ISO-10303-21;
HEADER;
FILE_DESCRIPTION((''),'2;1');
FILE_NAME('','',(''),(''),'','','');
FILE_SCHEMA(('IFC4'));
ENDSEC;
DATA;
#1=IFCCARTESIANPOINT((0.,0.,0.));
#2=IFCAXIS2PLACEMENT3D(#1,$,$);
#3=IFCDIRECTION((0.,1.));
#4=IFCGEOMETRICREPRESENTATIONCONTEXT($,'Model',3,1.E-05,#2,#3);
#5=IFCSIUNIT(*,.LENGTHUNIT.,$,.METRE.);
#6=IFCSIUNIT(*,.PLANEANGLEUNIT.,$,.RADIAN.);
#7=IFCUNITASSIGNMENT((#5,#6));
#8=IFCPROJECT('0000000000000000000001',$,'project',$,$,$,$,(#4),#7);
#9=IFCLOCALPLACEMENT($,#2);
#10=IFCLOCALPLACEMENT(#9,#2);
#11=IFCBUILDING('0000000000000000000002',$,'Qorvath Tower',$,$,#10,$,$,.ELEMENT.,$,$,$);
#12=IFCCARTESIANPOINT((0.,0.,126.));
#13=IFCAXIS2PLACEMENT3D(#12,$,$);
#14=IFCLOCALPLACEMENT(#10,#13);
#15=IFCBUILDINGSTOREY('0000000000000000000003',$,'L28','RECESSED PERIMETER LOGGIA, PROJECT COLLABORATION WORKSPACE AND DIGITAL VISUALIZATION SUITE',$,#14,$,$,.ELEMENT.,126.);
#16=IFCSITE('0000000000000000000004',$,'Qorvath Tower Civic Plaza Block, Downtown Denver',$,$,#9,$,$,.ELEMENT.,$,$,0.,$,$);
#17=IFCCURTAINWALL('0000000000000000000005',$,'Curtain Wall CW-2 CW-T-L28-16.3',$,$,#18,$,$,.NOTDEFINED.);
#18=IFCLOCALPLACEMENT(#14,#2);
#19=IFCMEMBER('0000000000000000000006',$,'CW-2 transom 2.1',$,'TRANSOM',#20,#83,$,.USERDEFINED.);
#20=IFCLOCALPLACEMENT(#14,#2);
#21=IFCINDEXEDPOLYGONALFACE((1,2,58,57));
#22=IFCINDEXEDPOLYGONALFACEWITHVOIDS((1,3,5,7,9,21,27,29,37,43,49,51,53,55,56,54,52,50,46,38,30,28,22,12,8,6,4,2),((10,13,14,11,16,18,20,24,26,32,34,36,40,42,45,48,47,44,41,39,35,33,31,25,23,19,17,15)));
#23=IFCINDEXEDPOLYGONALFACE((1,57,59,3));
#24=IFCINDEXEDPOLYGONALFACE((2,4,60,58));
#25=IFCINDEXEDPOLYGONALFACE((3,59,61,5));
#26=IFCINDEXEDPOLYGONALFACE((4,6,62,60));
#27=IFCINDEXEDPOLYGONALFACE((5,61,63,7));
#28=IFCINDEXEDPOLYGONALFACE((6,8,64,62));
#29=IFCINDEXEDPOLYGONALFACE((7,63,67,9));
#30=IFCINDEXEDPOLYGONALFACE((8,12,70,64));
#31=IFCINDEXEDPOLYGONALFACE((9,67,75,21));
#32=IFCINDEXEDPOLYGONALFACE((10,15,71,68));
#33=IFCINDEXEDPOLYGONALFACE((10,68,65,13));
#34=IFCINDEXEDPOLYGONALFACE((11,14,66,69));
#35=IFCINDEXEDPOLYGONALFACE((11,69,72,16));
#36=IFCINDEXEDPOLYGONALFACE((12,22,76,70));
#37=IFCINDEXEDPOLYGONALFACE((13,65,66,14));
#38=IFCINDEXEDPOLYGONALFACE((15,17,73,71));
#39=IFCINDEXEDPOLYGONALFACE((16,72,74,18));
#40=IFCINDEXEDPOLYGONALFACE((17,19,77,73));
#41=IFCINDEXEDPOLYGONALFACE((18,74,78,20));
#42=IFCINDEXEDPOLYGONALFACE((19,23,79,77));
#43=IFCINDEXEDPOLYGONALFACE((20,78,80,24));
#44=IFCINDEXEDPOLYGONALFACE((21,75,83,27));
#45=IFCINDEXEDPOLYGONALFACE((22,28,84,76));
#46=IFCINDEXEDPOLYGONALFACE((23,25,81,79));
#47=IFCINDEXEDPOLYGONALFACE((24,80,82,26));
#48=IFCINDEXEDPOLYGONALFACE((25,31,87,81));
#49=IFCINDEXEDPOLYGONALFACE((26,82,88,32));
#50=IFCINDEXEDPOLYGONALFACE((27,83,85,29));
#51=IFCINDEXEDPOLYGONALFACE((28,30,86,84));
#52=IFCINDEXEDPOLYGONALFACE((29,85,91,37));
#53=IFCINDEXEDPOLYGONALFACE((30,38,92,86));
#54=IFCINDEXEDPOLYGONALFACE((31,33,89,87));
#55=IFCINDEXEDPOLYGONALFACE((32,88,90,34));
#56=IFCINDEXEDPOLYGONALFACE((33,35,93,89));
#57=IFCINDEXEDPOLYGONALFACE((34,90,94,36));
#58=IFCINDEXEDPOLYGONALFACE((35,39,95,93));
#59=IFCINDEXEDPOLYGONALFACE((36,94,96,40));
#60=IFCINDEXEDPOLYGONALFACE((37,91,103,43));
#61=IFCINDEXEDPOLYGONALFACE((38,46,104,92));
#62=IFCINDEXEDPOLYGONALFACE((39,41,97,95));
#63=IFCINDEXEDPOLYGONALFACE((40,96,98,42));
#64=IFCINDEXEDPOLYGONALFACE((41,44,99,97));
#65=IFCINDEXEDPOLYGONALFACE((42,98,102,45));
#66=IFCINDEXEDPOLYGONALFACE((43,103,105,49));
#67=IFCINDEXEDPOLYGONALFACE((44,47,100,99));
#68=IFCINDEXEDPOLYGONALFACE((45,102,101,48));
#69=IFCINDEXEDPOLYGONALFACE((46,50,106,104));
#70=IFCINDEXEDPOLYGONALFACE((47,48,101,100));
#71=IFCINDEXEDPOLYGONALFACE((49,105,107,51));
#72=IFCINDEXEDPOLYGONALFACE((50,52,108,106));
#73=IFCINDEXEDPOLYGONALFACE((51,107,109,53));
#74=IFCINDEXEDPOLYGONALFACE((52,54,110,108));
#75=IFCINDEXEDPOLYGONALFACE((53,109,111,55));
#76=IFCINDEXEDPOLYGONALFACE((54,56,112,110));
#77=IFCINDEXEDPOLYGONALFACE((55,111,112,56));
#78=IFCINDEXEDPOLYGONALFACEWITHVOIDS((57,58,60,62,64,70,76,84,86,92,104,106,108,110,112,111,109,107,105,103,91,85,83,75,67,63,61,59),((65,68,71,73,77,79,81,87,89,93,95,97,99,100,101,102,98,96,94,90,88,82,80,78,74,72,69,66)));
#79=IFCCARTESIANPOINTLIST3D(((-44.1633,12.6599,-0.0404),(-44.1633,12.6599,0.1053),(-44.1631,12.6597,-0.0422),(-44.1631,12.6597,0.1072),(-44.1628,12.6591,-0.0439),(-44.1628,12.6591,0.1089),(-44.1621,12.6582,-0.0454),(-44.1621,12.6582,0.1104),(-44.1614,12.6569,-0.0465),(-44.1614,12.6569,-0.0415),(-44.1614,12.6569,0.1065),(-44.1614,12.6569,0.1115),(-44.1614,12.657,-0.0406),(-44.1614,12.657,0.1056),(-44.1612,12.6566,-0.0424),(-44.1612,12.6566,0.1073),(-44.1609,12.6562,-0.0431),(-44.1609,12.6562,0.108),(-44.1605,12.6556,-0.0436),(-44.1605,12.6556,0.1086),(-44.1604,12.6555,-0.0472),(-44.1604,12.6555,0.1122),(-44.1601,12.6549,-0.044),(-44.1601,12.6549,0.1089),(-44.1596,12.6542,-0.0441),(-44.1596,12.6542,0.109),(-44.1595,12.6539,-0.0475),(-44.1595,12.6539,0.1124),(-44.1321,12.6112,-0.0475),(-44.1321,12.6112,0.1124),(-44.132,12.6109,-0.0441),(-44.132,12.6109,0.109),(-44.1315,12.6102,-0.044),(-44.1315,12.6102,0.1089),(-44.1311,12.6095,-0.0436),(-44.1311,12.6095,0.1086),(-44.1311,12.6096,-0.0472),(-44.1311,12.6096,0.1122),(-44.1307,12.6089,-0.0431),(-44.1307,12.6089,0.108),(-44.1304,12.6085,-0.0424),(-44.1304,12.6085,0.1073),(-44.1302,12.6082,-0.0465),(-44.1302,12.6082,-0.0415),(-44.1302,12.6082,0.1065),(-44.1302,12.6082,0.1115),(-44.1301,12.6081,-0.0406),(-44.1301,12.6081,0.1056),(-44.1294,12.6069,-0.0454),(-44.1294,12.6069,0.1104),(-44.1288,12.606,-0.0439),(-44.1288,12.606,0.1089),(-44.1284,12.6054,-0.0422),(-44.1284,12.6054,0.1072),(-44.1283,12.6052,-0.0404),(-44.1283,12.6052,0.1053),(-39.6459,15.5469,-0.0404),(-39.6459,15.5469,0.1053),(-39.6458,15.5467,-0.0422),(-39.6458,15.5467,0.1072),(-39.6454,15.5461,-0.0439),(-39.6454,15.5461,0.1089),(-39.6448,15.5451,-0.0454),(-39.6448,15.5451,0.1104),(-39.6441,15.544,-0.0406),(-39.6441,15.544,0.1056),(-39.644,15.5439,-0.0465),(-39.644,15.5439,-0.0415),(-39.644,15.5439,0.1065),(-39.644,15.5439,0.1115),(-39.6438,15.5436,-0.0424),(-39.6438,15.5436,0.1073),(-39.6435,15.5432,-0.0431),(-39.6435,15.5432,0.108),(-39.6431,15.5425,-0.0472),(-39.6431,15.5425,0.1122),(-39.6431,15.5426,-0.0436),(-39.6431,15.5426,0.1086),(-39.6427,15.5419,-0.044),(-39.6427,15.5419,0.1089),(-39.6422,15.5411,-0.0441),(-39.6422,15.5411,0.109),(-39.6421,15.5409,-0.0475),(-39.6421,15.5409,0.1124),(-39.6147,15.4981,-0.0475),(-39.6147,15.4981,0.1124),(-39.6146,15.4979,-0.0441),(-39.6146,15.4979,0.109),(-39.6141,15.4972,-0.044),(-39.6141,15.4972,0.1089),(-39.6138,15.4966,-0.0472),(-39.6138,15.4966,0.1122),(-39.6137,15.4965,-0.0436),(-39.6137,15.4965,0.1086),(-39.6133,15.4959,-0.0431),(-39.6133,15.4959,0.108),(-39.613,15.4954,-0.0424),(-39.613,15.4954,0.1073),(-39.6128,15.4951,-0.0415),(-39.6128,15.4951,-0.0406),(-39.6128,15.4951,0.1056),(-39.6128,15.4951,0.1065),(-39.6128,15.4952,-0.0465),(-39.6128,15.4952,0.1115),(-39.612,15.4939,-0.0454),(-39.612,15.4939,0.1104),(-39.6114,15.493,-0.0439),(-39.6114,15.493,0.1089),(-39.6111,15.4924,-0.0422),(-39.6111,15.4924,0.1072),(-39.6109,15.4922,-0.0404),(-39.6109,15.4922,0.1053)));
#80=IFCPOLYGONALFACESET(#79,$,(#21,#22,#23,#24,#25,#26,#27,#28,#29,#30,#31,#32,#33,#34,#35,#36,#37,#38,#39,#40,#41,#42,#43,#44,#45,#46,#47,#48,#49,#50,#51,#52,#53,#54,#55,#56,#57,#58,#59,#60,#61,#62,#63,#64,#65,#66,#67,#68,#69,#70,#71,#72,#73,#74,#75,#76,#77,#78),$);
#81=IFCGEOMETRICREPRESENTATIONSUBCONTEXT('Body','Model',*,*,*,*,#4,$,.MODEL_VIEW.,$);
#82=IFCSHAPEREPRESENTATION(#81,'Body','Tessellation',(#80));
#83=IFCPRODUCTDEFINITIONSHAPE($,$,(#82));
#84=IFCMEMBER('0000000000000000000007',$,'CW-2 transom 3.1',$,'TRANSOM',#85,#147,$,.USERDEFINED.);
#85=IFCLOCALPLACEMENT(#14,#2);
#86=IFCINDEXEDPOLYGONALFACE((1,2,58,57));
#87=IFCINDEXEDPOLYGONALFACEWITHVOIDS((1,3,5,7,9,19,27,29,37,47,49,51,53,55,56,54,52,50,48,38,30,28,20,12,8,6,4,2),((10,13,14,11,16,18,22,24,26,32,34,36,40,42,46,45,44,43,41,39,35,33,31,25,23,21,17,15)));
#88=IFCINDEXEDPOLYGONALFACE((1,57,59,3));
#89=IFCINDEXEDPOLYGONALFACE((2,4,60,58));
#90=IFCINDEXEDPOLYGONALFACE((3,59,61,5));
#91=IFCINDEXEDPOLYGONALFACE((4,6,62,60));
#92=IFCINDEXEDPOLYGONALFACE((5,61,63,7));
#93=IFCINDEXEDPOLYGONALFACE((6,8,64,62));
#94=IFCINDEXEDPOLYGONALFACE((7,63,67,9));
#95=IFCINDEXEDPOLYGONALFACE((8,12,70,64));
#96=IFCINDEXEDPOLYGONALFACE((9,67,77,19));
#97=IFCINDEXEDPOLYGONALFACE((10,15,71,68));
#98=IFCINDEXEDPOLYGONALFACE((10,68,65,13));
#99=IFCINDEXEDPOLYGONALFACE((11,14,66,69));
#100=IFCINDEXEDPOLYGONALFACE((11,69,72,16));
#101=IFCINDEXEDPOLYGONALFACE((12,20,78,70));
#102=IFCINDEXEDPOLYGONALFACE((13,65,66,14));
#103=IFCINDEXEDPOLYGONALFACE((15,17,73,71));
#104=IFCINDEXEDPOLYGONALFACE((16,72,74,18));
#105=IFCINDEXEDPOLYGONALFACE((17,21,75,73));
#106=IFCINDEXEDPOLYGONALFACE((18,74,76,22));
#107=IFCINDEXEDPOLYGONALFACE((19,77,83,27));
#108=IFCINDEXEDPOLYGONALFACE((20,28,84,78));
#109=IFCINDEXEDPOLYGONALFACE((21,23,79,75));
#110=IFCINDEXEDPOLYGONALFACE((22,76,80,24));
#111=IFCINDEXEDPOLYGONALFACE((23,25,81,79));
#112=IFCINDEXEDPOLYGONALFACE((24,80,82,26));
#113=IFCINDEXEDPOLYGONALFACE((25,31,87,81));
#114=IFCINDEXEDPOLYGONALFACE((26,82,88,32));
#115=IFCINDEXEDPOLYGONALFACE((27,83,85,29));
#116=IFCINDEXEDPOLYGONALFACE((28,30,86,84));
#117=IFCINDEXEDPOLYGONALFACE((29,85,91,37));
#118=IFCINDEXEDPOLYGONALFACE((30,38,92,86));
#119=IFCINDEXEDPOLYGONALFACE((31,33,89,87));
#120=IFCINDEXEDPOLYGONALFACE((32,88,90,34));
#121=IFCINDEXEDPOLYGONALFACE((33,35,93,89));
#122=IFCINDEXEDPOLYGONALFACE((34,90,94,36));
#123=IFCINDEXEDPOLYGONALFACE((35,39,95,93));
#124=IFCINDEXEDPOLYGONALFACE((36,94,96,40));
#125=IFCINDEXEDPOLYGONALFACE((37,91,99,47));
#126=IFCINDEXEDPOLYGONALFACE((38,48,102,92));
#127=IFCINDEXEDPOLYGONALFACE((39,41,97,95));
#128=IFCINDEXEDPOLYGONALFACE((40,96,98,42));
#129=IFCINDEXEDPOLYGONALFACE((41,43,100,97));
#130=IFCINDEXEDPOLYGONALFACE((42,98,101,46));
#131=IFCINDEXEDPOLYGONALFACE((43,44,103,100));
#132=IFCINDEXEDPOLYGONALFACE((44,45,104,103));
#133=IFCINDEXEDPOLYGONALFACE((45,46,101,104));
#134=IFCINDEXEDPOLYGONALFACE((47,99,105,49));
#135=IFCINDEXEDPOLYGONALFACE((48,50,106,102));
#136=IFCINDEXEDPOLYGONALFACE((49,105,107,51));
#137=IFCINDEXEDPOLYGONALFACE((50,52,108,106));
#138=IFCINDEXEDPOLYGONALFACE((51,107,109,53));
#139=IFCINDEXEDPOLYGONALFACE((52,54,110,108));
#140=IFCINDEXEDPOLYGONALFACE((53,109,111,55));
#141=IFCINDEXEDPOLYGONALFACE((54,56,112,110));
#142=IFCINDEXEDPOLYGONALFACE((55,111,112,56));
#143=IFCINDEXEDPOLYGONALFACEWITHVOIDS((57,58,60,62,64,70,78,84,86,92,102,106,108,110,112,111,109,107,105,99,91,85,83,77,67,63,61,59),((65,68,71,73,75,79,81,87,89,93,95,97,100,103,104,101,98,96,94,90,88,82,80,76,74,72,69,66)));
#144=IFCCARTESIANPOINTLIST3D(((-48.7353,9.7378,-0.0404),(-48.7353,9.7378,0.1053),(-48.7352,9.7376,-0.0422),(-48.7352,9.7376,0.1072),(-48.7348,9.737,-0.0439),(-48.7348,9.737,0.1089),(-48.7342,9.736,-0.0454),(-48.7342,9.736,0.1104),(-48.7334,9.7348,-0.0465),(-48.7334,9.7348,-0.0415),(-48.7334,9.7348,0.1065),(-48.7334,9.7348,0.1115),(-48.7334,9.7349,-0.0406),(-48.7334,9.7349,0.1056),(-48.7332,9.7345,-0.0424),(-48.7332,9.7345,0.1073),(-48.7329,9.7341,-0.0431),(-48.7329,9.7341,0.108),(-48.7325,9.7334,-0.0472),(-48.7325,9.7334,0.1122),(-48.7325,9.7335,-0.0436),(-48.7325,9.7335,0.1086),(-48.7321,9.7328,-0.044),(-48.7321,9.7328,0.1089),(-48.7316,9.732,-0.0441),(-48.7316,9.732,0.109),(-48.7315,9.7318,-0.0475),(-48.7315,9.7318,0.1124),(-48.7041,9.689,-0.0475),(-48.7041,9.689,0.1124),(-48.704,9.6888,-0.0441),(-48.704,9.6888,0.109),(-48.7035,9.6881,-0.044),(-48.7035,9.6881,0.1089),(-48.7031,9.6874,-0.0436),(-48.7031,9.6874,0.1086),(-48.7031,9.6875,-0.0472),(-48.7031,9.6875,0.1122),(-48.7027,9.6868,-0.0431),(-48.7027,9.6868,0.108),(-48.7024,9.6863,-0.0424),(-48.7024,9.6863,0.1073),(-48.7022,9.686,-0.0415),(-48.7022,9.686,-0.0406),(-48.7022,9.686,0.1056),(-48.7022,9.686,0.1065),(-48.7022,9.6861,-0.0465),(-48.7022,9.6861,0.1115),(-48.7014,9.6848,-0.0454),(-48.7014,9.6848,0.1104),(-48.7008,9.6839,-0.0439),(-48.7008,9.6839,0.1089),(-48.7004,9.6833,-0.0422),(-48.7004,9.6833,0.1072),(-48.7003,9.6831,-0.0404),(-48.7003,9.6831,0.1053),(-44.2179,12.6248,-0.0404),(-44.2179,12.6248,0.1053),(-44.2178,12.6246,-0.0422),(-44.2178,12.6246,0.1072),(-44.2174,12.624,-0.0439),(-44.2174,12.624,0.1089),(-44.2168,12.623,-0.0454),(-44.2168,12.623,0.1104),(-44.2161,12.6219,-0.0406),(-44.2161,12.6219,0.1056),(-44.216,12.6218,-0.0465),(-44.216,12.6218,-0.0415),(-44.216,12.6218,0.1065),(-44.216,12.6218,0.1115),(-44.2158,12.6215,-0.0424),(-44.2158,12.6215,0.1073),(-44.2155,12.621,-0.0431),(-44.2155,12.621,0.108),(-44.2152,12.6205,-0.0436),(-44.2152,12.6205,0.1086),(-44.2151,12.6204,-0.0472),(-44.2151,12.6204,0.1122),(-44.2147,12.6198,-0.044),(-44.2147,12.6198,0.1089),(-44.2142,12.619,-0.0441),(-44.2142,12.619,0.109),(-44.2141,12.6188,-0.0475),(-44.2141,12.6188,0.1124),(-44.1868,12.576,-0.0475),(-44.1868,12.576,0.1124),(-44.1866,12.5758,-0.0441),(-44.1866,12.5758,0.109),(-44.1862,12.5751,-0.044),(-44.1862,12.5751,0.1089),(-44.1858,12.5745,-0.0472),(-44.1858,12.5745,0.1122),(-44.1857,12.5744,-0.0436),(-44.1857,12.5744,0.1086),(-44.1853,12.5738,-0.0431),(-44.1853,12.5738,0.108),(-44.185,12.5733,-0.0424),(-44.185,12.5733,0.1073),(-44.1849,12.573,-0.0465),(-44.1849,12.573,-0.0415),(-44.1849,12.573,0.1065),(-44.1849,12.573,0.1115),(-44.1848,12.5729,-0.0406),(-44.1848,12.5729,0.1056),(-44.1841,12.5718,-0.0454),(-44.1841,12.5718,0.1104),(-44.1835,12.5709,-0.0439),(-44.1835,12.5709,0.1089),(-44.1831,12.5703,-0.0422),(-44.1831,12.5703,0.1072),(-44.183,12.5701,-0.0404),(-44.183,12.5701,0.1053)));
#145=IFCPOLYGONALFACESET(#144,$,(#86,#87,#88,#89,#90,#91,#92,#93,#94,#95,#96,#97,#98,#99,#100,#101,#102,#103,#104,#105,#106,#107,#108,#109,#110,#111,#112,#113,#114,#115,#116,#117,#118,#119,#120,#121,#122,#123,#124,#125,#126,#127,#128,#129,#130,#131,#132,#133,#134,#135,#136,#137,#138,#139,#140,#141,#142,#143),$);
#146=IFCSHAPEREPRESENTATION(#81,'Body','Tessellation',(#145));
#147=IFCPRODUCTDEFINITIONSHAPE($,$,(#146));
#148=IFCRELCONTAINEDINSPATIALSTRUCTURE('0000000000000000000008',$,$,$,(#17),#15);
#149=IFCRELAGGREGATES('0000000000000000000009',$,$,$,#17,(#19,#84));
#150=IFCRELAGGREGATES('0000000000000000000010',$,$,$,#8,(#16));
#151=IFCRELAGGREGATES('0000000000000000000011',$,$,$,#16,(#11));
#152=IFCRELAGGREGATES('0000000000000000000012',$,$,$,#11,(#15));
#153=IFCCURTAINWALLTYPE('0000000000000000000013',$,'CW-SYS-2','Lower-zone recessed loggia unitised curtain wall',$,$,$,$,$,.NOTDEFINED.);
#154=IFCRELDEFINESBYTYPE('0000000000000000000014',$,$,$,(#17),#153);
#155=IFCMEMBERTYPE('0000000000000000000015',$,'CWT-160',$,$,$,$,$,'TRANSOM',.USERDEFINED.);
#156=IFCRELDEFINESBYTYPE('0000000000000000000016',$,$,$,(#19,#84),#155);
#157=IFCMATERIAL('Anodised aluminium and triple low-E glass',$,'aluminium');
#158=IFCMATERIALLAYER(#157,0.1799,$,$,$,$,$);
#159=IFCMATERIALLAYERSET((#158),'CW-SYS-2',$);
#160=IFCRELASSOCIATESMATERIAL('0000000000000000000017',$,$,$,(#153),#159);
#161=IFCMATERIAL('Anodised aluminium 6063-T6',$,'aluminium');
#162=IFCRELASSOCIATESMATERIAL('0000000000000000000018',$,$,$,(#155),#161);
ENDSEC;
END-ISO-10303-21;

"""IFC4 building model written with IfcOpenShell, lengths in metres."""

from ifc_helpers import new_model, si_unit, direction, frame, origin, origin_2d, place, context, subcontext, project, spatial, hollow_rectangle, extrude, material, layer, layer_set, material_profile, profile_set, type_object, element, aggregate, save


model = new_model("IFC4")

# Units and contexts
model_context = context("Model", 3, precision=1e-05, world=origin(), true_north=direction((0.0, 1.0)))
body_context = subcontext(model_context, "Body", "Model", "MODEL_VIEW")
ifc_project = project(units=[si_unit("LENGTHUNIT", "METRE"), si_unit("PLANEANGLEUNIT", "RADIAN")], contexts=[model_context])

# Site, building, storey
site_placement = place(None, origin())
site = spatial("IfcSite", under=ifc_project, at=site_placement, Name="Qorvath Tower Civic Plaza Block, Downtown Denver", CompositionType="ELEMENT", RefElevation=0.0)
building_placement = place(site_placement, origin())
building = spatial("IfcBuilding", under=site, at=building_placement, Name="Qorvath Tower", CompositionType="ELEMENT")
storey_placement = place(building_placement, frame((0.0, 0.0, 126.0)))
storey = spatial("IfcBuildingStorey", under=building, at=storey_placement, Name="L28", Description="RECESSED PERIMETER LOGGIA, PROJECT COLLABORATION WORKSPACE AND DIGITAL VISUALIZATION SUITE", CompositionType="ELEMENT", Elevation=126.0)

# Curtain wall, members
ifc_material_1 = material(Name="Anodised aluminium and triple low-E glass", Category="aluminium")
ifc_layer_1 = layer(ifc_material_1, 0.1799)
ifc_layer_set_1 = layer_set([ifc_layer_1], Name="CW-SYS-2")
curtain_wall_type = type_object("IfcCurtainWallType", Name="CW-SYS-2", Description="Lower-zone recessed loggia unitised curtain wall", PredefinedType="NOTDEFINED", material=ifc_layer_set_1)
curtain_wall_placement = place(storey_placement, origin())
curtain_wall = element("IfcCurtainWall", 1, at=curtain_wall_placement, inside=storey, type_object=curtain_wall_type, Name="Curtain Wall CW-2 CW-T-L28-16.3", PredefinedType="NOTDEFINED")
ifc_material_2 = material(Name="Anodised aluminium 6063-T6", Category="aluminium")
ifc_material_profile_1 = material_profile(ifc_material_2, hollow_rectangle(XDim=0.0649, YDim=0.1599, WallThickness=0.0034, InnerFilletRadius=0.0034, OuterFilletRadius=0.0071, at=origin_2d()), Name="CWT 160x65")
ifc_profile_set_1 = profile_set([ifc_material_profile_1], Name="Anodised aluminium 6063-T6")
member_type_1 = type_object("IfcMemberType", Name="CWT-160", ElementType="TRANSOM", PredefinedType="USERDEFINED", material=ifc_profile_set_1)
member_1_placement = place(storey_placement, frame((-39.6284, 15.5195, 0.0325), z_axis=(-0.842621, -0.538507, 0.0), x_axis=(0.538507, -0.842621, 0.0)))
member_1 = element("IfcMember", 2, at=member_1_placement, type_object=member_type_1, Name="CW-2 transom 2.1", ObjectType="TRANSOM", PredefinedType="USERDEFINED", context=body_context, shape_type="SweptSolid", body=[
    extrude(hollow_rectangle(XDim=0.0649, YDim=0.1599, WallThickness=0.0034, InnerFilletRadius=0.0034, OuterFilletRadius=0.0071, at=origin_2d()), origin(), (0.0, 0.0, 1.0), 5.3611),
])
member_2_placement = place(storey_placement, frame((-44.2004, 12.5974, 0.0325), z_axis=(-0.842621, -0.538507, 0.0), x_axis=(0.538507, -0.842621, 0.0)))
member_2 = element("IfcMember", 3, at=member_2_placement, type_object=member_type_1, Name="CW-2 transom 3.1", ObjectType="TRANSOM", PredefinedType="USERDEFINED", context=body_context, shape_type="SweptSolid", body=[
    extrude(hollow_rectangle(XDim=0.0649, YDim=0.1599, WallThickness=0.0034, InnerFilletRadius=0.0034, OuterFilletRadius=0.0071, at=origin_2d()), origin(), (0.0, 0.0, 1.0), 5.3611),
])

aggregate(curtain_wall, [member_1, member_2])

save(model, "model.ifc")
